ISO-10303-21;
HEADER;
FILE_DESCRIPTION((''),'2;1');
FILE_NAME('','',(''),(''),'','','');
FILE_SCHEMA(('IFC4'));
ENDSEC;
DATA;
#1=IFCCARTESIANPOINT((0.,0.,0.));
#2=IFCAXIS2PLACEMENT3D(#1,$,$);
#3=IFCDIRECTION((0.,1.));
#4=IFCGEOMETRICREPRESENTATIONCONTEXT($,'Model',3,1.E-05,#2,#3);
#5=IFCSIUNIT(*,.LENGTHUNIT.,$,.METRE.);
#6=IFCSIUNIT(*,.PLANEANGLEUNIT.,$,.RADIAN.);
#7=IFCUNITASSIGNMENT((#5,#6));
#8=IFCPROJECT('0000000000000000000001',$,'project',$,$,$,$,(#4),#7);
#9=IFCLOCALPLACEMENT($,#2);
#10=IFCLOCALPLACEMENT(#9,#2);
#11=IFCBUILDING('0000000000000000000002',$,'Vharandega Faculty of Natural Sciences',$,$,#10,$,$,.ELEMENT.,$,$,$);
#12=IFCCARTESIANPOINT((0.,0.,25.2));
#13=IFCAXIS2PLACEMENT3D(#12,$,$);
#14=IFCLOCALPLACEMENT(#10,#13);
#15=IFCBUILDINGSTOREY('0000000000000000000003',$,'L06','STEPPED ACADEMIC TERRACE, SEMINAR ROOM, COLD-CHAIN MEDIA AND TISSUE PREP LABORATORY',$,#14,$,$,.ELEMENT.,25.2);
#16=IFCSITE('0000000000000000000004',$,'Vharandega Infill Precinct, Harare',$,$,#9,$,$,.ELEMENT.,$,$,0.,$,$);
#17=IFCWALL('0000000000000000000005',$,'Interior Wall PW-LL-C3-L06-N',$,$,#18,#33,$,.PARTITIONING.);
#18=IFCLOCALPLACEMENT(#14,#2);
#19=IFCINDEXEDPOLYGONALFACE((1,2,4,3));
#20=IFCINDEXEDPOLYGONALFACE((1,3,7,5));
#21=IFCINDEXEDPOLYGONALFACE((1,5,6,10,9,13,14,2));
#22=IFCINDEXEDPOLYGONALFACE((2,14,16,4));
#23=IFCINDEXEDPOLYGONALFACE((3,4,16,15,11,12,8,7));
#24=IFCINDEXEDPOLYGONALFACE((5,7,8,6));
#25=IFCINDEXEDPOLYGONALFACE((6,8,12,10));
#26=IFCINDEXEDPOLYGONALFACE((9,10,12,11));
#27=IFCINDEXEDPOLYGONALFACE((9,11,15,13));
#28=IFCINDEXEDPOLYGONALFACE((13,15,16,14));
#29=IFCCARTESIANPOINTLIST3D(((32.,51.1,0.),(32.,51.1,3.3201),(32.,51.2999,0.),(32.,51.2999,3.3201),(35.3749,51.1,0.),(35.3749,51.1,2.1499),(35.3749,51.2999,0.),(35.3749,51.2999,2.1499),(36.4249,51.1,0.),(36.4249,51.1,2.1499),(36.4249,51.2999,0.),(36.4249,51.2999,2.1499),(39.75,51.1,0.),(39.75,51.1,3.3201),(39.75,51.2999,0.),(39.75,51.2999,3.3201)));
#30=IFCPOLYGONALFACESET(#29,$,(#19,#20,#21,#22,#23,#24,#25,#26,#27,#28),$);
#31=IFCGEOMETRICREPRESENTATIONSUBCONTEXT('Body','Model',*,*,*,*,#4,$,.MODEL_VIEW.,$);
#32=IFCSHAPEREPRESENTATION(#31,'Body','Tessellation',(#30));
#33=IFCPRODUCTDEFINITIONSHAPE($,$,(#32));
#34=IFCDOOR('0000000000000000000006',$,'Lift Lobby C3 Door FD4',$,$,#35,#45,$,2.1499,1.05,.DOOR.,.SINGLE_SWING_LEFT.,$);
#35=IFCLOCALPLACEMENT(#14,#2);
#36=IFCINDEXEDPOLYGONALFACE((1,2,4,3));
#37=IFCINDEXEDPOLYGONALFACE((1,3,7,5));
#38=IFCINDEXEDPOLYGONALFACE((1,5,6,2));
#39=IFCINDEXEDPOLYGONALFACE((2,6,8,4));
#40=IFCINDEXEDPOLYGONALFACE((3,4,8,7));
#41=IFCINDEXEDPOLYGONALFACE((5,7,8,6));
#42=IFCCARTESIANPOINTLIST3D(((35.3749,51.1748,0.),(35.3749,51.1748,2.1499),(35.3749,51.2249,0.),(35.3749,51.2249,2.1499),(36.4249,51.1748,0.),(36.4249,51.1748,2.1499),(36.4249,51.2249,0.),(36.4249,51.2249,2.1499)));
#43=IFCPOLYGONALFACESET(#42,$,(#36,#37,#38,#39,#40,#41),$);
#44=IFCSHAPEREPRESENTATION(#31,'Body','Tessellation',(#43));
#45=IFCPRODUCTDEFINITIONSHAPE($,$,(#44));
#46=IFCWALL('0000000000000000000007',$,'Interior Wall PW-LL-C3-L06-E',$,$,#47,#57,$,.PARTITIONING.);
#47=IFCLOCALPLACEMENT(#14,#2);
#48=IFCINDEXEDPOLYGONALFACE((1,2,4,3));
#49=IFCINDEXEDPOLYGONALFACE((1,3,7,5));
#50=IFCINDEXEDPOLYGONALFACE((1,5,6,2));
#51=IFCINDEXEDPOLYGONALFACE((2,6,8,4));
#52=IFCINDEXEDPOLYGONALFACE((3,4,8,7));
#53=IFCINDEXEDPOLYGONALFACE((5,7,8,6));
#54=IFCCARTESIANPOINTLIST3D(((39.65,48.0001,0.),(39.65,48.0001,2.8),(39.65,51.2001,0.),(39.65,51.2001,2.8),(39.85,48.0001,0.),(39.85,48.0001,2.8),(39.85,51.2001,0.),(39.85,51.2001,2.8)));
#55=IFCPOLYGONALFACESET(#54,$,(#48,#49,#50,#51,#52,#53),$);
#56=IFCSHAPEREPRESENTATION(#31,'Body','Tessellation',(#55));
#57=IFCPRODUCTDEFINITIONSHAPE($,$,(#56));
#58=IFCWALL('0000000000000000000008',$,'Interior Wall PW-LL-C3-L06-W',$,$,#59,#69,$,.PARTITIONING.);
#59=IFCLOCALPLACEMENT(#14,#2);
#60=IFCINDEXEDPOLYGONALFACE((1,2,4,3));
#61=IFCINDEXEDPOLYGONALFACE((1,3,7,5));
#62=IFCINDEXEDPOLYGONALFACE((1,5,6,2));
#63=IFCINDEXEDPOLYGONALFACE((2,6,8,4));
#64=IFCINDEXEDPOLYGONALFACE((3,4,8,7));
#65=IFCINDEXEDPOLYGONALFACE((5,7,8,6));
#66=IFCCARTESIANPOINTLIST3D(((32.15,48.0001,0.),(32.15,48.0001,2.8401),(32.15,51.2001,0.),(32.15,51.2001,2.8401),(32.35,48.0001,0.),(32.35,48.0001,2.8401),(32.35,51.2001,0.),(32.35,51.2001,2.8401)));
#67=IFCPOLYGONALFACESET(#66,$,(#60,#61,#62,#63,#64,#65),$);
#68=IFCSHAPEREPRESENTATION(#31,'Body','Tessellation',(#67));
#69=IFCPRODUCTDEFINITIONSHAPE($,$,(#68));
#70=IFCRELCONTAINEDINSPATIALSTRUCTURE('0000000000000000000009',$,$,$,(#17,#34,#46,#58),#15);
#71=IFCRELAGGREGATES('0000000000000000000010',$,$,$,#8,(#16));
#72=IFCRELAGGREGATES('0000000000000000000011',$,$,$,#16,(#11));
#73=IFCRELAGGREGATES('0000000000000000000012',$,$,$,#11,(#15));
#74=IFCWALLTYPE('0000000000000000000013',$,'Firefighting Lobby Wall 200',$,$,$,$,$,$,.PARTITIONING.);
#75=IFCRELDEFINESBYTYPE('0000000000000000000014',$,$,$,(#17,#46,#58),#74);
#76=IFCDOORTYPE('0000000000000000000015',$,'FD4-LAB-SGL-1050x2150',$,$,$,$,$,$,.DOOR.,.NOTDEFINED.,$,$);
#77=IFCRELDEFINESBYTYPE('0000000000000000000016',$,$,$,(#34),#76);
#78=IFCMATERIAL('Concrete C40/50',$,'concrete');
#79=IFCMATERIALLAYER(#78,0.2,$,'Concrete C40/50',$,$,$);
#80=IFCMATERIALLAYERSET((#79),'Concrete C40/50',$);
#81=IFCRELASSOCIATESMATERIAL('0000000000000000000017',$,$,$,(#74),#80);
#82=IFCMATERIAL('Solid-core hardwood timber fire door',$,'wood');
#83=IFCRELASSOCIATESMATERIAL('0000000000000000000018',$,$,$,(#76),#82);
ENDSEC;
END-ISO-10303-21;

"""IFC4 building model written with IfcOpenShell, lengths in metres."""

from ifc_helpers import new_model, si_unit, direction, frame, frame_2d, origin, place, context, subcontext, project, spatial, rectangle, extrude, material, layer, layer_set, type_object, element, fill, save


model = new_model("IFC4")

# Units and contexts
model_context = context("Model", 3, precision=1e-05, world=origin(), true_north=direction((0.0, 1.0)))
body_context = subcontext(model_context, "Body", "Model", "MODEL_VIEW")
ifc_project = project(units=[si_unit("LENGTHUNIT", "METRE"), si_unit("PLANEANGLEUNIT", "RADIAN")], contexts=[model_context])

# Site, building, storey
site_placement = place(None, origin())
site = spatial("IfcSite", under=ifc_project, at=site_placement, Name="Vharandega Infill Precinct, Harare", CompositionType="ELEMENT", RefElevation=0.0)
building_placement = place(site_placement, origin())
building = spatial("IfcBuilding", under=site, at=building_placement, Name="Vharandega Faculty of Natural Sciences", CompositionType="ELEMENT")
storey_placement = place(building_placement, frame((0.0, 0.0, 25.2)))
storey = spatial("IfcBuildingStorey", under=building, at=storey_placement, Name="L06", Description="STEPPED ACADEMIC TERRACE, SEMINAR ROOM, COLD-CHAIN MEDIA AND TISSUE PREP LABORATORY", CompositionType="ELEMENT", Elevation=25.2)

# Wall, opening, door
ifc_material_1 = material(Name="Concrete C40/50", Category="concrete")
ifc_layer_1 = layer(ifc_material_1, 0.2, Name="Concrete C40/50")
ifc_layer_set_1 = layer_set([ifc_layer_1], Name="Concrete C40/50")
wall_type_1 = type_object("IfcWallType", Name="Firefighting Lobby Wall 200", PredefinedType="PARTITIONING", material=ifc_layer_set_1)
wall_1_placement = place(storey_placement, frame((32.0, 51.2, 0.0), z_axis=(0.0, 0.0, 1.0), x_axis=(1.0, 0.0, 0.0)))
wall_1 = element("IfcWall", 1, at=wall_1_placement, inside=storey, type_object=wall_type_1, Name="Interior Wall PW-LL-C3-L06-N", PredefinedType="PARTITIONING", context=body_context, shape_type="SweptSolid", body=[
    extrude(rectangle(XDim=7.75, YDim=0.2, at=frame_2d((3.875, 0.0))), origin(), (0.0, 0.0, 1.0), 3.3201),
])
opening_1_placement = place(wall_1_placement, frame((3.375, 0.0, 0.0)))
opening_1 = element("IfcOpeningElement", 2, at=opening_1_placement, cuts=wall_1, PredefinedType="OPENING", context=body_context, shape_type="SweptSolid", body=[
    extrude(rectangle(XDim=1.05, YDim=2.1499, at=frame_2d((0.5249, 1.075))), frame((0.0, 0.1099, 0.0), z_axis=(0.0, -1.0, 0.0), x_axis=(1.0, 0.0, 0.0)), (0.0, 0.0, 1.0), 0.22),
])
ifc_material_2 = material(Name="Solid-core hardwood timber fire door", Category="wood")
door_type_1 = type_object("IfcDoorType", Name="FD4-LAB-SGL-1050x2150", OperationType="NOTDEFINED", PredefinedType="DOOR", material=ifc_material_2)
door_1_placement = place(opening_1_placement, origin())
door_1 = element("IfcDoor", 3, at=door_1_placement, inside=storey, type_object=door_type_1, Name="Lift Lobby C3 Door FD4", OperationType="SINGLE_SWING_LEFT", OverallHeight=2.1499, OverallWidth=1.05, PredefinedType="DOOR", context=body_context, shape_type="SweptSolid", body=[
    extrude(rectangle(XDim=1.05, YDim=2.1499, at=frame_2d((0.5249, 1.075))), frame((0.0, 0.0249, 0.0), z_axis=(0.0, -1.0, 0.0), x_axis=(1.0, 0.0, 0.0)), (0.0, 0.0, 1.0), 0.05),
])
fill(opening_1, door_1)

# Walls
wall_2_placement = place(storey_placement, frame((39.75, 48.0, 0.0), z_axis=(0.0, 0.0, 1.0), x_axis=(0.0, 1.0, 0.0)))
element("IfcWall", 4, at=wall_2_placement, inside=storey, type_object=wall_type_1, Name="Interior Wall PW-LL-C3-L06-E", PredefinedType="PARTITIONING", context=body_context, shape_type="SweptSolid", body=[
    extrude(rectangle(XDim=3.2, YDim=0.2, at=frame_2d((1.6001, 0.0))), origin(), (0.0, 0.0, 1.0), 2.8),
])
wall_3_placement = place(storey_placement, frame((32.25, 48.0, 0.0), z_axis=(0.0, 0.0, 1.0), x_axis=(0.0, 1.0, 0.0)))
element("IfcWall", 5, at=wall_3_placement, inside=storey, type_object=wall_type_1, Name="Interior Wall PW-LL-C3-L06-W", PredefinedType="PARTITIONING", context=body_context, shape_type="SweptSolid", body=[
    extrude(rectangle(XDim=3.2, YDim=0.2, at=frame_2d((1.6001, 0.0))), origin(), (0.0, 0.0, 1.0), 2.8401),
])

save(model, "model.ifc")
